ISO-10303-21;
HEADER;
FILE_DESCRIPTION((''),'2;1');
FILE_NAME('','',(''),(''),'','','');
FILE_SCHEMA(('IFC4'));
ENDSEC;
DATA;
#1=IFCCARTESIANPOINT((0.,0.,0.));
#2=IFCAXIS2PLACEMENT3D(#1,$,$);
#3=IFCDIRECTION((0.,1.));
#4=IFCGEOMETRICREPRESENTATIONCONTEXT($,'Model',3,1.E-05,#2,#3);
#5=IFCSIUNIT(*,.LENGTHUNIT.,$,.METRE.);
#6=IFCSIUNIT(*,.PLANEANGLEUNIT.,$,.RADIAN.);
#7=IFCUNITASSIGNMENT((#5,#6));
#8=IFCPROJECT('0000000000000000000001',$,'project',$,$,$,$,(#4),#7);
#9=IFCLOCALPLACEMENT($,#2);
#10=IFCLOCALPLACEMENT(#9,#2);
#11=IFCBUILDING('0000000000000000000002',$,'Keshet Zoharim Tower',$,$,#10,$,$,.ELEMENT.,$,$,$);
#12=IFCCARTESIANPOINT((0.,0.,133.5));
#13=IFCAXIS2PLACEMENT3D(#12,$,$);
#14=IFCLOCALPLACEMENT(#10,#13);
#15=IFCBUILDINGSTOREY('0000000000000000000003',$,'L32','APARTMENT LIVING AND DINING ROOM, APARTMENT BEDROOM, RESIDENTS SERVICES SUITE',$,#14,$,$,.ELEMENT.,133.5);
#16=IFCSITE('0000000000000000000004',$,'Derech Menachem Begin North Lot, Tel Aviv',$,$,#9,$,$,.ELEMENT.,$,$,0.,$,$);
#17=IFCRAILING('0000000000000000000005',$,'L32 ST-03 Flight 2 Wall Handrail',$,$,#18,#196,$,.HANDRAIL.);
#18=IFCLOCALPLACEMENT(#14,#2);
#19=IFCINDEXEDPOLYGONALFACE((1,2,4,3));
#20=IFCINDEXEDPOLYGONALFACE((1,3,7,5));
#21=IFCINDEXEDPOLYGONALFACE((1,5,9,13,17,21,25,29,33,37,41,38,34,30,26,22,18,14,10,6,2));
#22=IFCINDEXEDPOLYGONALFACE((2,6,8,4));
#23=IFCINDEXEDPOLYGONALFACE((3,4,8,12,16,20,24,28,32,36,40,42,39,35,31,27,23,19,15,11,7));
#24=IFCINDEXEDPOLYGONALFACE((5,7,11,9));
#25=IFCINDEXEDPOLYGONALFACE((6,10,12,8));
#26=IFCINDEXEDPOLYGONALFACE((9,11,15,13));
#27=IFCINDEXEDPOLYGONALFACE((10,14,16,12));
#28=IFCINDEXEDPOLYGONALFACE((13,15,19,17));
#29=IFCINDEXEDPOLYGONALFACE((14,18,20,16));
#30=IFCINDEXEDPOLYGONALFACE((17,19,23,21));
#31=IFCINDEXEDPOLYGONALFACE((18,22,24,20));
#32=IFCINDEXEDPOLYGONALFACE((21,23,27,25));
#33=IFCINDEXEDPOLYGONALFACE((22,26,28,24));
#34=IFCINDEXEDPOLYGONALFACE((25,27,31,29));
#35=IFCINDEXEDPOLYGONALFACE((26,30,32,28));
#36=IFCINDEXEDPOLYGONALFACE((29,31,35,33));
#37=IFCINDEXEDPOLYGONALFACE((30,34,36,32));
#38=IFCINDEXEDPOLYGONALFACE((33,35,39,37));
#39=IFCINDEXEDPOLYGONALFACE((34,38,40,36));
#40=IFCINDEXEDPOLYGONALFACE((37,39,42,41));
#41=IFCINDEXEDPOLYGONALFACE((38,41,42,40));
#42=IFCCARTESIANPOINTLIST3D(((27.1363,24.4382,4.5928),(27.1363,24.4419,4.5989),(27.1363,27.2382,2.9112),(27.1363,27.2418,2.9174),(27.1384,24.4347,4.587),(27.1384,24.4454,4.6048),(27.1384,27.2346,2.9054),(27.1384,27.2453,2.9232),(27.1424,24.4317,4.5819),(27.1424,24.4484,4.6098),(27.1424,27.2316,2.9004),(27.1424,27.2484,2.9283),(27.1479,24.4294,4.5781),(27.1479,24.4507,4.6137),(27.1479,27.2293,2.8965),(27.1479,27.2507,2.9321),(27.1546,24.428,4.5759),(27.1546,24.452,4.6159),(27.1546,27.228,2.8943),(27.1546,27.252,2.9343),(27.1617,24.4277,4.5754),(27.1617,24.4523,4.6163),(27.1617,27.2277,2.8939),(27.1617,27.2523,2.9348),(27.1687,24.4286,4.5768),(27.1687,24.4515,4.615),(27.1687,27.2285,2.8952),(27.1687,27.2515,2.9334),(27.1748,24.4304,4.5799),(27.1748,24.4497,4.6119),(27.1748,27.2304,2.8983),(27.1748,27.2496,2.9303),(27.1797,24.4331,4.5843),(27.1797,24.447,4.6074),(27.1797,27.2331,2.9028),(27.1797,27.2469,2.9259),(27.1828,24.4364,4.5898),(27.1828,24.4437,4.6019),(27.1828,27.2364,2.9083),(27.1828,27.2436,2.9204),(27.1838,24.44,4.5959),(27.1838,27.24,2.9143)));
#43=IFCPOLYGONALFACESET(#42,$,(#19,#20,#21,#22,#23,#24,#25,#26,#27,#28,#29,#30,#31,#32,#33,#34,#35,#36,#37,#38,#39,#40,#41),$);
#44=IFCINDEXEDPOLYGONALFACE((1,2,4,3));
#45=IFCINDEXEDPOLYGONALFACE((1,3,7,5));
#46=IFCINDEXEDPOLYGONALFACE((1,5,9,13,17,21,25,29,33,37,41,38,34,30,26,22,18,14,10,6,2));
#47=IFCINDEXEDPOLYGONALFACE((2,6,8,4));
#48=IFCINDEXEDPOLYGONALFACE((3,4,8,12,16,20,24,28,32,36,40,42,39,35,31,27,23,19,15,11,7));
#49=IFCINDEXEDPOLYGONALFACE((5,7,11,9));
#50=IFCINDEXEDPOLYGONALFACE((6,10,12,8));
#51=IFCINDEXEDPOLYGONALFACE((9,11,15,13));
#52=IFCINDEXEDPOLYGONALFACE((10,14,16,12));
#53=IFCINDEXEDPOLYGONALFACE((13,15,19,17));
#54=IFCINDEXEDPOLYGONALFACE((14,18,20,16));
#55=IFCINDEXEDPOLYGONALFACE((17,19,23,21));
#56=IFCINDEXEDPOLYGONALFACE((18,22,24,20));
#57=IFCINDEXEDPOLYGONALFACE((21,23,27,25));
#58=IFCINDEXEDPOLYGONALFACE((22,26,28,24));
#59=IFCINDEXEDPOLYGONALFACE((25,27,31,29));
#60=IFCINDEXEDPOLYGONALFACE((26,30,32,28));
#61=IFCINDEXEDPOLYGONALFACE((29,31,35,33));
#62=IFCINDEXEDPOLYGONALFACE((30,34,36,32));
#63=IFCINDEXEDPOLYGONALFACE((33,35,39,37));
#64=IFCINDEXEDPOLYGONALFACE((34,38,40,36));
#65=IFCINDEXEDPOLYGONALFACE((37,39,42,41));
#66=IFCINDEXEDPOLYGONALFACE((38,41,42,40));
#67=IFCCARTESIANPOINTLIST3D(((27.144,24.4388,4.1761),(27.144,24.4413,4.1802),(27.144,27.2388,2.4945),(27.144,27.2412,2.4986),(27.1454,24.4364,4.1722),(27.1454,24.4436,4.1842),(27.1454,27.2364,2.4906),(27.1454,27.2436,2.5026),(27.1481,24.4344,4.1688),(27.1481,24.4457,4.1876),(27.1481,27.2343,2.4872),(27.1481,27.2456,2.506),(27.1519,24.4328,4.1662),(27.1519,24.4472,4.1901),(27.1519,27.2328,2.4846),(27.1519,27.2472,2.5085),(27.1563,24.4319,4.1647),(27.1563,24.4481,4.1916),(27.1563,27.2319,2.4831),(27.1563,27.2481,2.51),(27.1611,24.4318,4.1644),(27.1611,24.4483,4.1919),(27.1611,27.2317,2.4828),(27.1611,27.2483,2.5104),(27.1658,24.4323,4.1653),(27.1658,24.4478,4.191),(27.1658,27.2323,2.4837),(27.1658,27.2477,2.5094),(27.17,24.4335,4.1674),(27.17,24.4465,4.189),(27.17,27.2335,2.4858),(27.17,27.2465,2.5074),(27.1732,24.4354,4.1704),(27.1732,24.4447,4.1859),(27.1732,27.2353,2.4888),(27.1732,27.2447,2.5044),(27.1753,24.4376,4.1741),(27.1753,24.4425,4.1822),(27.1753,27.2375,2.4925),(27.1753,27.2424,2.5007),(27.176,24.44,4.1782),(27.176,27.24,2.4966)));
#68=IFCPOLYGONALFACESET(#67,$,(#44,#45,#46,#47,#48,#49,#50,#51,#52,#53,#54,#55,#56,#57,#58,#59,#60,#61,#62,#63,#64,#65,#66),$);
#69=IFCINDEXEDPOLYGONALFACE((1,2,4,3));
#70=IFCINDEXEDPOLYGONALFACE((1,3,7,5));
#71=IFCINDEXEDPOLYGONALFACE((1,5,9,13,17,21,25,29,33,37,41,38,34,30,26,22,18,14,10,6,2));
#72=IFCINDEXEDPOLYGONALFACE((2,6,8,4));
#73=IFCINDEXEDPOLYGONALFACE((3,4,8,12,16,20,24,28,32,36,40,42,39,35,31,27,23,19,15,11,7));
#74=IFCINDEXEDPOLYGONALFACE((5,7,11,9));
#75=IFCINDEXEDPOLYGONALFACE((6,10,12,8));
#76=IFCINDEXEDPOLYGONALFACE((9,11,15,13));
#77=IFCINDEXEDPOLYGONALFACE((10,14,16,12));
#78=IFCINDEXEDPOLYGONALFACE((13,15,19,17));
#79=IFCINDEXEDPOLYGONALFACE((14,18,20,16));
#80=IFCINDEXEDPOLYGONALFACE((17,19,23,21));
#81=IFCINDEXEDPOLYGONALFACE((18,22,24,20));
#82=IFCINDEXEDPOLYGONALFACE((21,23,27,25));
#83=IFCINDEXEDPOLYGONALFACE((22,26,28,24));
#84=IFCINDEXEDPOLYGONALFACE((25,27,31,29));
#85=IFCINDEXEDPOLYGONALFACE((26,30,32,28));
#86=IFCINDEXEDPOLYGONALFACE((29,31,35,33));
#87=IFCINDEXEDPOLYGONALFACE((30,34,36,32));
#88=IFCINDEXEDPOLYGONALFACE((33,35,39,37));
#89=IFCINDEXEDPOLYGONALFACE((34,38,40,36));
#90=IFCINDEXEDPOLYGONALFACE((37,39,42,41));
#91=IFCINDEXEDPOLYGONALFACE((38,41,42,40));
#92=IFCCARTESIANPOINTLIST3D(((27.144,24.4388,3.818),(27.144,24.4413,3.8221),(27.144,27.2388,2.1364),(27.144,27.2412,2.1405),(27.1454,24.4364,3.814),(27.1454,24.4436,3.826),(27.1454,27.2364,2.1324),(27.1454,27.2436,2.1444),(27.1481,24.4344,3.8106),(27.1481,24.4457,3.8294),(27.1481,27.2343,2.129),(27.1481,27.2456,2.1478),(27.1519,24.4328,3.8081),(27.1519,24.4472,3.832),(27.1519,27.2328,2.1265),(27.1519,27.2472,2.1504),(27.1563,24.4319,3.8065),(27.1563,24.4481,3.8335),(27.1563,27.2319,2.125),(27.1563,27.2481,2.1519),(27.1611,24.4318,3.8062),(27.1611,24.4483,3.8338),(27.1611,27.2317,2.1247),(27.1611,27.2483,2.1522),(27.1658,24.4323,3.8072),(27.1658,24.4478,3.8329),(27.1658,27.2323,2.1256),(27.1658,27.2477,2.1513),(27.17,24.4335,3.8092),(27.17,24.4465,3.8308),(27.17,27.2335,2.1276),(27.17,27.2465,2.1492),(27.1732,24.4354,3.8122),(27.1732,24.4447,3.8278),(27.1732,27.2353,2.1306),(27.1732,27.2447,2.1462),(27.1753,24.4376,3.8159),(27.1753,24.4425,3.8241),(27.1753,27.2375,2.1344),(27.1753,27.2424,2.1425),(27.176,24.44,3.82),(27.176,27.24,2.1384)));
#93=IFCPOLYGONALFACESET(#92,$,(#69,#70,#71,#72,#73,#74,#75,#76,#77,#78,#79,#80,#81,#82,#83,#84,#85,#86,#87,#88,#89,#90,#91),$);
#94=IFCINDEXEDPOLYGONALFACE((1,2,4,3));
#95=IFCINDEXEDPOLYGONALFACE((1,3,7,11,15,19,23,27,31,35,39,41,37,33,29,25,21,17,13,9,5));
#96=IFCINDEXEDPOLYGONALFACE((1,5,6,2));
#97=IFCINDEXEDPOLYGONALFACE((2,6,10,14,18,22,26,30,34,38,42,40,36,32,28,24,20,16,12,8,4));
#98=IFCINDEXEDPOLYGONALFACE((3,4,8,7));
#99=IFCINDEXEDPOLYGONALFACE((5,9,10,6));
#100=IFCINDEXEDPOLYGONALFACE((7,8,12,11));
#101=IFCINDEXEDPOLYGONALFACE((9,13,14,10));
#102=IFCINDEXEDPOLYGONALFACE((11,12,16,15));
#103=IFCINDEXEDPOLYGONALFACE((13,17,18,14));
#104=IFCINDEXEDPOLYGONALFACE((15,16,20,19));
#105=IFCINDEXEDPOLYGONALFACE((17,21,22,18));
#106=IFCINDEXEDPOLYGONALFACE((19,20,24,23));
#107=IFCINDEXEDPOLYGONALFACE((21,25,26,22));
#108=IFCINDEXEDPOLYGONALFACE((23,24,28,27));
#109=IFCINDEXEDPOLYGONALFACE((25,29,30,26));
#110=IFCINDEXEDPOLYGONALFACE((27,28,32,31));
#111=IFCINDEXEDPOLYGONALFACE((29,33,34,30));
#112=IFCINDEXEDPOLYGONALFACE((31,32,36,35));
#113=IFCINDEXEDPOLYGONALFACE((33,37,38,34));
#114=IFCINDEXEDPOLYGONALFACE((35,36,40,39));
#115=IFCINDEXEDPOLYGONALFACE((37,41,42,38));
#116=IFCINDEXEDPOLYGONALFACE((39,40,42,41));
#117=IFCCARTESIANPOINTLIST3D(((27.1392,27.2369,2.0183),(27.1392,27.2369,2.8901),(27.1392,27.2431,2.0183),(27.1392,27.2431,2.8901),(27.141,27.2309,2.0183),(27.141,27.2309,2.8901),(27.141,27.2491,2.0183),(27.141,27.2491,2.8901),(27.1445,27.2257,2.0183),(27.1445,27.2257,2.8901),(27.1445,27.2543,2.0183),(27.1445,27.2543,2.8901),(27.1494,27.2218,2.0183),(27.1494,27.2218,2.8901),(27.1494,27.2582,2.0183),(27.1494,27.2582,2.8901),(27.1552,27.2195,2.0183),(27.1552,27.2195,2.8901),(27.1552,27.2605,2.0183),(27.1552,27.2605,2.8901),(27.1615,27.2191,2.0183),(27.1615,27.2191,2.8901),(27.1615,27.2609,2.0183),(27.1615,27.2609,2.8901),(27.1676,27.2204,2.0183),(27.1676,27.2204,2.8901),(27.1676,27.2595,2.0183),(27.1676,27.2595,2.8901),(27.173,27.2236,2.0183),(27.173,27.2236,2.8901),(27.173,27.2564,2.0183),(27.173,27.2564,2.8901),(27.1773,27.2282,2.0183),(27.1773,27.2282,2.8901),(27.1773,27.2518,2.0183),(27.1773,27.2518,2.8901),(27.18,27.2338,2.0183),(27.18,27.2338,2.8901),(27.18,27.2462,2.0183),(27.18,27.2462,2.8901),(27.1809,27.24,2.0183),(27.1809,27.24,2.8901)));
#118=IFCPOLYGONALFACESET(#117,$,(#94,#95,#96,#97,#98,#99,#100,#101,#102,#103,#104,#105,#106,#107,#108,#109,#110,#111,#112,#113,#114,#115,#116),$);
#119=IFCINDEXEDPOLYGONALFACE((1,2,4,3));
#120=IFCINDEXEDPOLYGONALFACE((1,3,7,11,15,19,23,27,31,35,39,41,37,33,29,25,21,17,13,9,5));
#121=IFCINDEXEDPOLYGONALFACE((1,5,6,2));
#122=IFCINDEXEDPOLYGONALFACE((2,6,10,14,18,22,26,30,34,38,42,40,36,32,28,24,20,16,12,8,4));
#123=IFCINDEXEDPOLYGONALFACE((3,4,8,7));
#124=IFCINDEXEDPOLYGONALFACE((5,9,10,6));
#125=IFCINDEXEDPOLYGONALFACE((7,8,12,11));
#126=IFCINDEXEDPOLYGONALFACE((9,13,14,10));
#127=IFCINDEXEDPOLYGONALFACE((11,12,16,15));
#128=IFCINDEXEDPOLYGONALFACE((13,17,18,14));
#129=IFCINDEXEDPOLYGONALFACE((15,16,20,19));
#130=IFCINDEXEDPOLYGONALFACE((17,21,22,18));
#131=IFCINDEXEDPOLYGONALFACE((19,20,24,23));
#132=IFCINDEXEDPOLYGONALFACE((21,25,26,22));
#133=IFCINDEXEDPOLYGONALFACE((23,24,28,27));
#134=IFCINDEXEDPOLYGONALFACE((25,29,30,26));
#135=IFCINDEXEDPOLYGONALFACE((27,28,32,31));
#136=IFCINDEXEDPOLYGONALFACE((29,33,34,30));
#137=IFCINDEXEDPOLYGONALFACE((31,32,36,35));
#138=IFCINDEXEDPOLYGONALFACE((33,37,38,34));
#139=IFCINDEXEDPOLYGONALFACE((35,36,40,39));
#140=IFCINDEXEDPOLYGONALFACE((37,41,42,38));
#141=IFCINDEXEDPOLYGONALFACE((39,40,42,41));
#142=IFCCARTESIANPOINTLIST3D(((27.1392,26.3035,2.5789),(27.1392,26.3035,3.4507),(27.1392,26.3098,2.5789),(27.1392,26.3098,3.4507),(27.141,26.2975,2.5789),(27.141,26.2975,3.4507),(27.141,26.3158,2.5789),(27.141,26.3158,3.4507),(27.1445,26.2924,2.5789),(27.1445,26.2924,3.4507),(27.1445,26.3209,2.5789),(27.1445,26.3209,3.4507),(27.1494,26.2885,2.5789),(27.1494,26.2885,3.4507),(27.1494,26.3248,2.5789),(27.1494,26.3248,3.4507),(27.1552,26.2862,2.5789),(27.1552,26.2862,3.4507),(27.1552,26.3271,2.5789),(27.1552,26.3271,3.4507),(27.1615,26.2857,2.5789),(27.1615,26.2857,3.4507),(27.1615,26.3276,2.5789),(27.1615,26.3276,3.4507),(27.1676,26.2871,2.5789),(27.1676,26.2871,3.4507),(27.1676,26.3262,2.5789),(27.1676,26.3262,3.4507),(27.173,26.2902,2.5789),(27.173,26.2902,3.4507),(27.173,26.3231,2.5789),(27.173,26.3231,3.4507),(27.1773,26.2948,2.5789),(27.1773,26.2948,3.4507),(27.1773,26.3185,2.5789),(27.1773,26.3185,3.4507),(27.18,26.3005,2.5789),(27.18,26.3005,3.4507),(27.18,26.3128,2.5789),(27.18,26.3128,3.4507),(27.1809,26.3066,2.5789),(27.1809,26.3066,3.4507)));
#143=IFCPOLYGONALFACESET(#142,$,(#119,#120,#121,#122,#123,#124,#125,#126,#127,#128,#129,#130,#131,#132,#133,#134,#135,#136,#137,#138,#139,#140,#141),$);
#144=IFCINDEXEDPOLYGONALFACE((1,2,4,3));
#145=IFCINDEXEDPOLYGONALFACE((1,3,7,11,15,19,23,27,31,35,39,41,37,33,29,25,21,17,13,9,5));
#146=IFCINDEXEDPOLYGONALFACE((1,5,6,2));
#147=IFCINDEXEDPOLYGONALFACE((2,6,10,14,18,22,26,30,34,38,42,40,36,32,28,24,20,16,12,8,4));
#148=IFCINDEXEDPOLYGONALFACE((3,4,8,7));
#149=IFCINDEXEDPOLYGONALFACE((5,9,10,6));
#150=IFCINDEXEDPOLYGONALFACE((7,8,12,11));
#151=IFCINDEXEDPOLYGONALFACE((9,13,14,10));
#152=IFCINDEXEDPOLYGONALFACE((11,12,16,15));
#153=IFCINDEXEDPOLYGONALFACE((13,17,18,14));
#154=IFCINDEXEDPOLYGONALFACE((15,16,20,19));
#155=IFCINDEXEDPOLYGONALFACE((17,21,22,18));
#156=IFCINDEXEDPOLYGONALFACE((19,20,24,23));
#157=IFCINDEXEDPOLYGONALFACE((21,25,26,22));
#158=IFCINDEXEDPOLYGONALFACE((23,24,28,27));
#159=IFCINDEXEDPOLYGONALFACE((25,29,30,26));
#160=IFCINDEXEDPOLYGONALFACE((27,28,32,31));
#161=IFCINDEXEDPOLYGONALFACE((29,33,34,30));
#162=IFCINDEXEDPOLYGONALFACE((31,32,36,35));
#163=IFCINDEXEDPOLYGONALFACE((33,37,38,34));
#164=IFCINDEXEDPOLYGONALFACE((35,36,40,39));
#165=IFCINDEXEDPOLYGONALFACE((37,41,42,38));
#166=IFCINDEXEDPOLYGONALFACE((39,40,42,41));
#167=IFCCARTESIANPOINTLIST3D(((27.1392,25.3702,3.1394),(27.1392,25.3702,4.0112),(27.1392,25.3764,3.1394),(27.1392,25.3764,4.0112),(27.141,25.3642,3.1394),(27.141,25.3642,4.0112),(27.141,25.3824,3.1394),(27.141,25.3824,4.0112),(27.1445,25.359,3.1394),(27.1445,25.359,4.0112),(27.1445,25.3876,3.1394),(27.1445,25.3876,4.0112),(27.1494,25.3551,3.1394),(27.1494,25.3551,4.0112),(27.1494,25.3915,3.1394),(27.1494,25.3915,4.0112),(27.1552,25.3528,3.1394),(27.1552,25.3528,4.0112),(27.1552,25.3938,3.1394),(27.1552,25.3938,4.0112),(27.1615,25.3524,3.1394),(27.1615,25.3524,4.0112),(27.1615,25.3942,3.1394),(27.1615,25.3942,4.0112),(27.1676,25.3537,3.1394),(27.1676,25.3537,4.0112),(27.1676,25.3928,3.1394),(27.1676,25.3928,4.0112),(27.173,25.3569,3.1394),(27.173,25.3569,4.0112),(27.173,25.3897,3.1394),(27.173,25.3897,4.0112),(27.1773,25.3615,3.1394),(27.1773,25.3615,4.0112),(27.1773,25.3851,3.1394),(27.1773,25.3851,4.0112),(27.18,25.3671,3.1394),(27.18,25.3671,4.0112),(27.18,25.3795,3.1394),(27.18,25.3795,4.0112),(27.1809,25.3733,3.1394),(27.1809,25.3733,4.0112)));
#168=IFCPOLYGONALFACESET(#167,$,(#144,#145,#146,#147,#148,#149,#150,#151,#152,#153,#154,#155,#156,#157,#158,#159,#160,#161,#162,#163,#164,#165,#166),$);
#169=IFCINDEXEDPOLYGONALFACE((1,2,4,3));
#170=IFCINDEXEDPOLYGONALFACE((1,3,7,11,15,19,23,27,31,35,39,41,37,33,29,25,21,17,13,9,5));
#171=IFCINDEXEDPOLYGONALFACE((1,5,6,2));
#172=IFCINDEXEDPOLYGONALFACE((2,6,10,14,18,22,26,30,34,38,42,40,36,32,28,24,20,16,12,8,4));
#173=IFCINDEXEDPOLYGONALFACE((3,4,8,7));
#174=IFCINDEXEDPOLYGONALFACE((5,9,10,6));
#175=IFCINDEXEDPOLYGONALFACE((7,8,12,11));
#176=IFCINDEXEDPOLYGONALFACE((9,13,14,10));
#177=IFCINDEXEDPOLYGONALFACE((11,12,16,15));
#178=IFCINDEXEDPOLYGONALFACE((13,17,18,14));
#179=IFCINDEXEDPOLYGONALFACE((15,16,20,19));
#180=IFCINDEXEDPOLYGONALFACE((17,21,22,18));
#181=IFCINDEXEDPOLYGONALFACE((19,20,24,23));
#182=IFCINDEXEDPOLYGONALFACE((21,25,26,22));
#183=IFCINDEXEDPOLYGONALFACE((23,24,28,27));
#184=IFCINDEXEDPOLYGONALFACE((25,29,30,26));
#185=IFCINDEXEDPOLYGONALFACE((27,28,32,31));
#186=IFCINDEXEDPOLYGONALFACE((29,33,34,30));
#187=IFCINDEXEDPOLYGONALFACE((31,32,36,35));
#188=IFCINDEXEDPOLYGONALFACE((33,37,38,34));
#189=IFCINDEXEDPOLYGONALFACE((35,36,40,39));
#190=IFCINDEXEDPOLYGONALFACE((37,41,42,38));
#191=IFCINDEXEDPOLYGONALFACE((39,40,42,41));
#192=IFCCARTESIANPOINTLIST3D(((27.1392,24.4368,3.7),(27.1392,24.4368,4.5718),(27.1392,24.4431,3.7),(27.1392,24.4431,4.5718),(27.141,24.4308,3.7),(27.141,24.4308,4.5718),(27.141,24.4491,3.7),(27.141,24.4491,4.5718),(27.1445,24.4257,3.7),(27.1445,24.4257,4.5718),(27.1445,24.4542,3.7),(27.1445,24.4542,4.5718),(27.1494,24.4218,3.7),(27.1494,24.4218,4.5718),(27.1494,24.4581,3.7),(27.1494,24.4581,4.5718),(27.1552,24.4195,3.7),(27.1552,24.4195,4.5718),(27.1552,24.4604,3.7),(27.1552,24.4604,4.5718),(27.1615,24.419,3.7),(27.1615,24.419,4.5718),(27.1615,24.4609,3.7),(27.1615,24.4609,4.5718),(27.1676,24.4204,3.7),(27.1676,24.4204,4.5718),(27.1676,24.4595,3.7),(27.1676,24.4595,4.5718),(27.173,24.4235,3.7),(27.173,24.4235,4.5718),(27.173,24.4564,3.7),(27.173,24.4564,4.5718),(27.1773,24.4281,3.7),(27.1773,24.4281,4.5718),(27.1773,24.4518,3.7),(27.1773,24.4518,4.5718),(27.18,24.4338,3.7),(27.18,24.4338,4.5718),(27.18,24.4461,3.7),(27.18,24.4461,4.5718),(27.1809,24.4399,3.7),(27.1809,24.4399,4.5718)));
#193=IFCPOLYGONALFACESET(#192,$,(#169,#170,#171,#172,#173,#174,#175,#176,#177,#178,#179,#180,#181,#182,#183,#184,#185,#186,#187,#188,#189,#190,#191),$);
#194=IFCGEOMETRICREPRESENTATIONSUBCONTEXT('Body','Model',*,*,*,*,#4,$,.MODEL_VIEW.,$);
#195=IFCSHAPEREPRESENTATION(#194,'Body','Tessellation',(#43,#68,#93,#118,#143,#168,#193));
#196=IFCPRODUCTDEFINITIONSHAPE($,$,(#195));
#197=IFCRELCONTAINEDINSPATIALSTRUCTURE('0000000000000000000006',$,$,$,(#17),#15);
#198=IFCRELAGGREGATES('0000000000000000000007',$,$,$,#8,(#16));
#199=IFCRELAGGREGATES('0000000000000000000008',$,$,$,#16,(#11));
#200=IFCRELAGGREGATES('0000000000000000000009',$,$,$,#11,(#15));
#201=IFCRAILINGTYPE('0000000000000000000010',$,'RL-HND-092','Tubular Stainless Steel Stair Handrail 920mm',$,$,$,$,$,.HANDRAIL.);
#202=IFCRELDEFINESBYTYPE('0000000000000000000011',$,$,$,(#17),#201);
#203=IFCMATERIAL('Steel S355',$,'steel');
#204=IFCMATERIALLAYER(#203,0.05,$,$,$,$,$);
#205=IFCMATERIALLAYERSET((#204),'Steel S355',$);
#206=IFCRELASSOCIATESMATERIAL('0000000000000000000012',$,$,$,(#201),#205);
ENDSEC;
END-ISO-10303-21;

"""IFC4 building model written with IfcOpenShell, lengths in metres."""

from ifc_helpers import new_model, si_unit, direction, frame, origin, origin_2d, place, context, subcontext, project, spatial, circle, extrude, material, layer, layer_set, type_object, element, save


model = new_model("IFC4")

# Units and contexts
model_context = context("Model", 3, precision=1e-05, world=origin(), true_north=direction((0.0, 1.0)))
body_context = subcontext(model_context, "Body", "Model", "MODEL_VIEW")
ifc_project = project(units=[si_unit("LENGTHUNIT", "METRE"), si_unit("PLANEANGLEUNIT", "RADIAN")], contexts=[model_context])

# Site, building, storey
site_placement = place(None, origin())
site = spatial("IfcSite", under=ifc_project, at=site_placement, Name="Derech Menachem Begin North Lot, Tel Aviv", CompositionType="ELEMENT", RefElevation=0.0)
building_placement = place(site_placement, origin())
building = spatial("IfcBuilding", under=site, at=building_placement, Name="Keshet Zoharim Tower", CompositionType="ELEMENT")
storey_placement = place(building_placement, frame((0.0, 0.0, 133.5)))
storey = spatial("IfcBuildingStorey", under=building, at=storey_placement, Name="L32", Description="APARTMENT LIVING AND DINING ROOM, APARTMENT BEDROOM, RESIDENTS SERVICES SUITE", CompositionType="ELEMENT", Elevation=133.5)

# Shared definitions
ifc_material_1 = material(Name="Steel S355", Category="steel")

# Railing
ifc_layer_1 = layer(ifc_material_1, 0.05)
ifc_layer_set_1 = layer_set([ifc_layer_1], Name="Steel S355")
railing_type = type_object("IfcRailingType", Name="RL-HND-092", Description="Tubular Stainless Steel Stair Handrail 920mm", PredefinedType="HANDRAIL", material=ifc_layer_set_1)
for number, where, name in (
    (1, (27.1599, 27.24, 2.0183), "L32 ST-03 Flight 2 Wall Handrail"),
):
    element("IfcRailing", number, at=place(storey_placement, frame(where)), inside=storey, type_object=railing_type, Name=name, PredefinedType="HANDRAIL", context=body_context, shape_type="SweptSolid", body=[
        extrude(circle(Radius=0.0239, at=origin_2d()), frame((0.0, 0.0, 0.896), z_axis=(0.0, -0.857275, 0.514858), x_axis=(1.0, 0.0, 0.0)), (0.0, 0.0, 1.0), 3.2661),
        extrude(circle(Radius=0.0161, at=origin_2d()), frame((0.0, 0.0, 0.4783), z_axis=(0.0, -0.857275, 0.514858), x_axis=(1.0, 0.0, 0.0)), (0.0, 0.0, 1.0), 3.2661),
        extrude(circle(Radius=0.0161, at=origin_2d()), frame((0.0, 0.0, 0.1201), z_axis=(0.0, -0.857275, 0.514858), x_axis=(1.0, 0.0, 0.0)), (0.0, 0.0, 1.0), 3.2661),
        extrude(circle(Radius=0.021, at=origin_2d()), origin(), (0.0, 0.0, 1.0), 0.8718),
        extrude(circle(Radius=0.021, at=origin_2d()), frame((0.0, -0.9333, 0.5605)), (0.0, 0.0, 1.0), 0.8718),
        extrude(circle(Radius=0.021, at=origin_2d()), frame((0.0, -1.8667, 1.1211)), (0.0, 0.0, 1.0), 0.8718),
        extrude(circle(Radius=0.021, at=origin_2d()), frame((0.0, -2.8, 1.6816)), (0.0, 0.0, 1.0), 0.8718),
    ])

save(model, "model.ifc")
